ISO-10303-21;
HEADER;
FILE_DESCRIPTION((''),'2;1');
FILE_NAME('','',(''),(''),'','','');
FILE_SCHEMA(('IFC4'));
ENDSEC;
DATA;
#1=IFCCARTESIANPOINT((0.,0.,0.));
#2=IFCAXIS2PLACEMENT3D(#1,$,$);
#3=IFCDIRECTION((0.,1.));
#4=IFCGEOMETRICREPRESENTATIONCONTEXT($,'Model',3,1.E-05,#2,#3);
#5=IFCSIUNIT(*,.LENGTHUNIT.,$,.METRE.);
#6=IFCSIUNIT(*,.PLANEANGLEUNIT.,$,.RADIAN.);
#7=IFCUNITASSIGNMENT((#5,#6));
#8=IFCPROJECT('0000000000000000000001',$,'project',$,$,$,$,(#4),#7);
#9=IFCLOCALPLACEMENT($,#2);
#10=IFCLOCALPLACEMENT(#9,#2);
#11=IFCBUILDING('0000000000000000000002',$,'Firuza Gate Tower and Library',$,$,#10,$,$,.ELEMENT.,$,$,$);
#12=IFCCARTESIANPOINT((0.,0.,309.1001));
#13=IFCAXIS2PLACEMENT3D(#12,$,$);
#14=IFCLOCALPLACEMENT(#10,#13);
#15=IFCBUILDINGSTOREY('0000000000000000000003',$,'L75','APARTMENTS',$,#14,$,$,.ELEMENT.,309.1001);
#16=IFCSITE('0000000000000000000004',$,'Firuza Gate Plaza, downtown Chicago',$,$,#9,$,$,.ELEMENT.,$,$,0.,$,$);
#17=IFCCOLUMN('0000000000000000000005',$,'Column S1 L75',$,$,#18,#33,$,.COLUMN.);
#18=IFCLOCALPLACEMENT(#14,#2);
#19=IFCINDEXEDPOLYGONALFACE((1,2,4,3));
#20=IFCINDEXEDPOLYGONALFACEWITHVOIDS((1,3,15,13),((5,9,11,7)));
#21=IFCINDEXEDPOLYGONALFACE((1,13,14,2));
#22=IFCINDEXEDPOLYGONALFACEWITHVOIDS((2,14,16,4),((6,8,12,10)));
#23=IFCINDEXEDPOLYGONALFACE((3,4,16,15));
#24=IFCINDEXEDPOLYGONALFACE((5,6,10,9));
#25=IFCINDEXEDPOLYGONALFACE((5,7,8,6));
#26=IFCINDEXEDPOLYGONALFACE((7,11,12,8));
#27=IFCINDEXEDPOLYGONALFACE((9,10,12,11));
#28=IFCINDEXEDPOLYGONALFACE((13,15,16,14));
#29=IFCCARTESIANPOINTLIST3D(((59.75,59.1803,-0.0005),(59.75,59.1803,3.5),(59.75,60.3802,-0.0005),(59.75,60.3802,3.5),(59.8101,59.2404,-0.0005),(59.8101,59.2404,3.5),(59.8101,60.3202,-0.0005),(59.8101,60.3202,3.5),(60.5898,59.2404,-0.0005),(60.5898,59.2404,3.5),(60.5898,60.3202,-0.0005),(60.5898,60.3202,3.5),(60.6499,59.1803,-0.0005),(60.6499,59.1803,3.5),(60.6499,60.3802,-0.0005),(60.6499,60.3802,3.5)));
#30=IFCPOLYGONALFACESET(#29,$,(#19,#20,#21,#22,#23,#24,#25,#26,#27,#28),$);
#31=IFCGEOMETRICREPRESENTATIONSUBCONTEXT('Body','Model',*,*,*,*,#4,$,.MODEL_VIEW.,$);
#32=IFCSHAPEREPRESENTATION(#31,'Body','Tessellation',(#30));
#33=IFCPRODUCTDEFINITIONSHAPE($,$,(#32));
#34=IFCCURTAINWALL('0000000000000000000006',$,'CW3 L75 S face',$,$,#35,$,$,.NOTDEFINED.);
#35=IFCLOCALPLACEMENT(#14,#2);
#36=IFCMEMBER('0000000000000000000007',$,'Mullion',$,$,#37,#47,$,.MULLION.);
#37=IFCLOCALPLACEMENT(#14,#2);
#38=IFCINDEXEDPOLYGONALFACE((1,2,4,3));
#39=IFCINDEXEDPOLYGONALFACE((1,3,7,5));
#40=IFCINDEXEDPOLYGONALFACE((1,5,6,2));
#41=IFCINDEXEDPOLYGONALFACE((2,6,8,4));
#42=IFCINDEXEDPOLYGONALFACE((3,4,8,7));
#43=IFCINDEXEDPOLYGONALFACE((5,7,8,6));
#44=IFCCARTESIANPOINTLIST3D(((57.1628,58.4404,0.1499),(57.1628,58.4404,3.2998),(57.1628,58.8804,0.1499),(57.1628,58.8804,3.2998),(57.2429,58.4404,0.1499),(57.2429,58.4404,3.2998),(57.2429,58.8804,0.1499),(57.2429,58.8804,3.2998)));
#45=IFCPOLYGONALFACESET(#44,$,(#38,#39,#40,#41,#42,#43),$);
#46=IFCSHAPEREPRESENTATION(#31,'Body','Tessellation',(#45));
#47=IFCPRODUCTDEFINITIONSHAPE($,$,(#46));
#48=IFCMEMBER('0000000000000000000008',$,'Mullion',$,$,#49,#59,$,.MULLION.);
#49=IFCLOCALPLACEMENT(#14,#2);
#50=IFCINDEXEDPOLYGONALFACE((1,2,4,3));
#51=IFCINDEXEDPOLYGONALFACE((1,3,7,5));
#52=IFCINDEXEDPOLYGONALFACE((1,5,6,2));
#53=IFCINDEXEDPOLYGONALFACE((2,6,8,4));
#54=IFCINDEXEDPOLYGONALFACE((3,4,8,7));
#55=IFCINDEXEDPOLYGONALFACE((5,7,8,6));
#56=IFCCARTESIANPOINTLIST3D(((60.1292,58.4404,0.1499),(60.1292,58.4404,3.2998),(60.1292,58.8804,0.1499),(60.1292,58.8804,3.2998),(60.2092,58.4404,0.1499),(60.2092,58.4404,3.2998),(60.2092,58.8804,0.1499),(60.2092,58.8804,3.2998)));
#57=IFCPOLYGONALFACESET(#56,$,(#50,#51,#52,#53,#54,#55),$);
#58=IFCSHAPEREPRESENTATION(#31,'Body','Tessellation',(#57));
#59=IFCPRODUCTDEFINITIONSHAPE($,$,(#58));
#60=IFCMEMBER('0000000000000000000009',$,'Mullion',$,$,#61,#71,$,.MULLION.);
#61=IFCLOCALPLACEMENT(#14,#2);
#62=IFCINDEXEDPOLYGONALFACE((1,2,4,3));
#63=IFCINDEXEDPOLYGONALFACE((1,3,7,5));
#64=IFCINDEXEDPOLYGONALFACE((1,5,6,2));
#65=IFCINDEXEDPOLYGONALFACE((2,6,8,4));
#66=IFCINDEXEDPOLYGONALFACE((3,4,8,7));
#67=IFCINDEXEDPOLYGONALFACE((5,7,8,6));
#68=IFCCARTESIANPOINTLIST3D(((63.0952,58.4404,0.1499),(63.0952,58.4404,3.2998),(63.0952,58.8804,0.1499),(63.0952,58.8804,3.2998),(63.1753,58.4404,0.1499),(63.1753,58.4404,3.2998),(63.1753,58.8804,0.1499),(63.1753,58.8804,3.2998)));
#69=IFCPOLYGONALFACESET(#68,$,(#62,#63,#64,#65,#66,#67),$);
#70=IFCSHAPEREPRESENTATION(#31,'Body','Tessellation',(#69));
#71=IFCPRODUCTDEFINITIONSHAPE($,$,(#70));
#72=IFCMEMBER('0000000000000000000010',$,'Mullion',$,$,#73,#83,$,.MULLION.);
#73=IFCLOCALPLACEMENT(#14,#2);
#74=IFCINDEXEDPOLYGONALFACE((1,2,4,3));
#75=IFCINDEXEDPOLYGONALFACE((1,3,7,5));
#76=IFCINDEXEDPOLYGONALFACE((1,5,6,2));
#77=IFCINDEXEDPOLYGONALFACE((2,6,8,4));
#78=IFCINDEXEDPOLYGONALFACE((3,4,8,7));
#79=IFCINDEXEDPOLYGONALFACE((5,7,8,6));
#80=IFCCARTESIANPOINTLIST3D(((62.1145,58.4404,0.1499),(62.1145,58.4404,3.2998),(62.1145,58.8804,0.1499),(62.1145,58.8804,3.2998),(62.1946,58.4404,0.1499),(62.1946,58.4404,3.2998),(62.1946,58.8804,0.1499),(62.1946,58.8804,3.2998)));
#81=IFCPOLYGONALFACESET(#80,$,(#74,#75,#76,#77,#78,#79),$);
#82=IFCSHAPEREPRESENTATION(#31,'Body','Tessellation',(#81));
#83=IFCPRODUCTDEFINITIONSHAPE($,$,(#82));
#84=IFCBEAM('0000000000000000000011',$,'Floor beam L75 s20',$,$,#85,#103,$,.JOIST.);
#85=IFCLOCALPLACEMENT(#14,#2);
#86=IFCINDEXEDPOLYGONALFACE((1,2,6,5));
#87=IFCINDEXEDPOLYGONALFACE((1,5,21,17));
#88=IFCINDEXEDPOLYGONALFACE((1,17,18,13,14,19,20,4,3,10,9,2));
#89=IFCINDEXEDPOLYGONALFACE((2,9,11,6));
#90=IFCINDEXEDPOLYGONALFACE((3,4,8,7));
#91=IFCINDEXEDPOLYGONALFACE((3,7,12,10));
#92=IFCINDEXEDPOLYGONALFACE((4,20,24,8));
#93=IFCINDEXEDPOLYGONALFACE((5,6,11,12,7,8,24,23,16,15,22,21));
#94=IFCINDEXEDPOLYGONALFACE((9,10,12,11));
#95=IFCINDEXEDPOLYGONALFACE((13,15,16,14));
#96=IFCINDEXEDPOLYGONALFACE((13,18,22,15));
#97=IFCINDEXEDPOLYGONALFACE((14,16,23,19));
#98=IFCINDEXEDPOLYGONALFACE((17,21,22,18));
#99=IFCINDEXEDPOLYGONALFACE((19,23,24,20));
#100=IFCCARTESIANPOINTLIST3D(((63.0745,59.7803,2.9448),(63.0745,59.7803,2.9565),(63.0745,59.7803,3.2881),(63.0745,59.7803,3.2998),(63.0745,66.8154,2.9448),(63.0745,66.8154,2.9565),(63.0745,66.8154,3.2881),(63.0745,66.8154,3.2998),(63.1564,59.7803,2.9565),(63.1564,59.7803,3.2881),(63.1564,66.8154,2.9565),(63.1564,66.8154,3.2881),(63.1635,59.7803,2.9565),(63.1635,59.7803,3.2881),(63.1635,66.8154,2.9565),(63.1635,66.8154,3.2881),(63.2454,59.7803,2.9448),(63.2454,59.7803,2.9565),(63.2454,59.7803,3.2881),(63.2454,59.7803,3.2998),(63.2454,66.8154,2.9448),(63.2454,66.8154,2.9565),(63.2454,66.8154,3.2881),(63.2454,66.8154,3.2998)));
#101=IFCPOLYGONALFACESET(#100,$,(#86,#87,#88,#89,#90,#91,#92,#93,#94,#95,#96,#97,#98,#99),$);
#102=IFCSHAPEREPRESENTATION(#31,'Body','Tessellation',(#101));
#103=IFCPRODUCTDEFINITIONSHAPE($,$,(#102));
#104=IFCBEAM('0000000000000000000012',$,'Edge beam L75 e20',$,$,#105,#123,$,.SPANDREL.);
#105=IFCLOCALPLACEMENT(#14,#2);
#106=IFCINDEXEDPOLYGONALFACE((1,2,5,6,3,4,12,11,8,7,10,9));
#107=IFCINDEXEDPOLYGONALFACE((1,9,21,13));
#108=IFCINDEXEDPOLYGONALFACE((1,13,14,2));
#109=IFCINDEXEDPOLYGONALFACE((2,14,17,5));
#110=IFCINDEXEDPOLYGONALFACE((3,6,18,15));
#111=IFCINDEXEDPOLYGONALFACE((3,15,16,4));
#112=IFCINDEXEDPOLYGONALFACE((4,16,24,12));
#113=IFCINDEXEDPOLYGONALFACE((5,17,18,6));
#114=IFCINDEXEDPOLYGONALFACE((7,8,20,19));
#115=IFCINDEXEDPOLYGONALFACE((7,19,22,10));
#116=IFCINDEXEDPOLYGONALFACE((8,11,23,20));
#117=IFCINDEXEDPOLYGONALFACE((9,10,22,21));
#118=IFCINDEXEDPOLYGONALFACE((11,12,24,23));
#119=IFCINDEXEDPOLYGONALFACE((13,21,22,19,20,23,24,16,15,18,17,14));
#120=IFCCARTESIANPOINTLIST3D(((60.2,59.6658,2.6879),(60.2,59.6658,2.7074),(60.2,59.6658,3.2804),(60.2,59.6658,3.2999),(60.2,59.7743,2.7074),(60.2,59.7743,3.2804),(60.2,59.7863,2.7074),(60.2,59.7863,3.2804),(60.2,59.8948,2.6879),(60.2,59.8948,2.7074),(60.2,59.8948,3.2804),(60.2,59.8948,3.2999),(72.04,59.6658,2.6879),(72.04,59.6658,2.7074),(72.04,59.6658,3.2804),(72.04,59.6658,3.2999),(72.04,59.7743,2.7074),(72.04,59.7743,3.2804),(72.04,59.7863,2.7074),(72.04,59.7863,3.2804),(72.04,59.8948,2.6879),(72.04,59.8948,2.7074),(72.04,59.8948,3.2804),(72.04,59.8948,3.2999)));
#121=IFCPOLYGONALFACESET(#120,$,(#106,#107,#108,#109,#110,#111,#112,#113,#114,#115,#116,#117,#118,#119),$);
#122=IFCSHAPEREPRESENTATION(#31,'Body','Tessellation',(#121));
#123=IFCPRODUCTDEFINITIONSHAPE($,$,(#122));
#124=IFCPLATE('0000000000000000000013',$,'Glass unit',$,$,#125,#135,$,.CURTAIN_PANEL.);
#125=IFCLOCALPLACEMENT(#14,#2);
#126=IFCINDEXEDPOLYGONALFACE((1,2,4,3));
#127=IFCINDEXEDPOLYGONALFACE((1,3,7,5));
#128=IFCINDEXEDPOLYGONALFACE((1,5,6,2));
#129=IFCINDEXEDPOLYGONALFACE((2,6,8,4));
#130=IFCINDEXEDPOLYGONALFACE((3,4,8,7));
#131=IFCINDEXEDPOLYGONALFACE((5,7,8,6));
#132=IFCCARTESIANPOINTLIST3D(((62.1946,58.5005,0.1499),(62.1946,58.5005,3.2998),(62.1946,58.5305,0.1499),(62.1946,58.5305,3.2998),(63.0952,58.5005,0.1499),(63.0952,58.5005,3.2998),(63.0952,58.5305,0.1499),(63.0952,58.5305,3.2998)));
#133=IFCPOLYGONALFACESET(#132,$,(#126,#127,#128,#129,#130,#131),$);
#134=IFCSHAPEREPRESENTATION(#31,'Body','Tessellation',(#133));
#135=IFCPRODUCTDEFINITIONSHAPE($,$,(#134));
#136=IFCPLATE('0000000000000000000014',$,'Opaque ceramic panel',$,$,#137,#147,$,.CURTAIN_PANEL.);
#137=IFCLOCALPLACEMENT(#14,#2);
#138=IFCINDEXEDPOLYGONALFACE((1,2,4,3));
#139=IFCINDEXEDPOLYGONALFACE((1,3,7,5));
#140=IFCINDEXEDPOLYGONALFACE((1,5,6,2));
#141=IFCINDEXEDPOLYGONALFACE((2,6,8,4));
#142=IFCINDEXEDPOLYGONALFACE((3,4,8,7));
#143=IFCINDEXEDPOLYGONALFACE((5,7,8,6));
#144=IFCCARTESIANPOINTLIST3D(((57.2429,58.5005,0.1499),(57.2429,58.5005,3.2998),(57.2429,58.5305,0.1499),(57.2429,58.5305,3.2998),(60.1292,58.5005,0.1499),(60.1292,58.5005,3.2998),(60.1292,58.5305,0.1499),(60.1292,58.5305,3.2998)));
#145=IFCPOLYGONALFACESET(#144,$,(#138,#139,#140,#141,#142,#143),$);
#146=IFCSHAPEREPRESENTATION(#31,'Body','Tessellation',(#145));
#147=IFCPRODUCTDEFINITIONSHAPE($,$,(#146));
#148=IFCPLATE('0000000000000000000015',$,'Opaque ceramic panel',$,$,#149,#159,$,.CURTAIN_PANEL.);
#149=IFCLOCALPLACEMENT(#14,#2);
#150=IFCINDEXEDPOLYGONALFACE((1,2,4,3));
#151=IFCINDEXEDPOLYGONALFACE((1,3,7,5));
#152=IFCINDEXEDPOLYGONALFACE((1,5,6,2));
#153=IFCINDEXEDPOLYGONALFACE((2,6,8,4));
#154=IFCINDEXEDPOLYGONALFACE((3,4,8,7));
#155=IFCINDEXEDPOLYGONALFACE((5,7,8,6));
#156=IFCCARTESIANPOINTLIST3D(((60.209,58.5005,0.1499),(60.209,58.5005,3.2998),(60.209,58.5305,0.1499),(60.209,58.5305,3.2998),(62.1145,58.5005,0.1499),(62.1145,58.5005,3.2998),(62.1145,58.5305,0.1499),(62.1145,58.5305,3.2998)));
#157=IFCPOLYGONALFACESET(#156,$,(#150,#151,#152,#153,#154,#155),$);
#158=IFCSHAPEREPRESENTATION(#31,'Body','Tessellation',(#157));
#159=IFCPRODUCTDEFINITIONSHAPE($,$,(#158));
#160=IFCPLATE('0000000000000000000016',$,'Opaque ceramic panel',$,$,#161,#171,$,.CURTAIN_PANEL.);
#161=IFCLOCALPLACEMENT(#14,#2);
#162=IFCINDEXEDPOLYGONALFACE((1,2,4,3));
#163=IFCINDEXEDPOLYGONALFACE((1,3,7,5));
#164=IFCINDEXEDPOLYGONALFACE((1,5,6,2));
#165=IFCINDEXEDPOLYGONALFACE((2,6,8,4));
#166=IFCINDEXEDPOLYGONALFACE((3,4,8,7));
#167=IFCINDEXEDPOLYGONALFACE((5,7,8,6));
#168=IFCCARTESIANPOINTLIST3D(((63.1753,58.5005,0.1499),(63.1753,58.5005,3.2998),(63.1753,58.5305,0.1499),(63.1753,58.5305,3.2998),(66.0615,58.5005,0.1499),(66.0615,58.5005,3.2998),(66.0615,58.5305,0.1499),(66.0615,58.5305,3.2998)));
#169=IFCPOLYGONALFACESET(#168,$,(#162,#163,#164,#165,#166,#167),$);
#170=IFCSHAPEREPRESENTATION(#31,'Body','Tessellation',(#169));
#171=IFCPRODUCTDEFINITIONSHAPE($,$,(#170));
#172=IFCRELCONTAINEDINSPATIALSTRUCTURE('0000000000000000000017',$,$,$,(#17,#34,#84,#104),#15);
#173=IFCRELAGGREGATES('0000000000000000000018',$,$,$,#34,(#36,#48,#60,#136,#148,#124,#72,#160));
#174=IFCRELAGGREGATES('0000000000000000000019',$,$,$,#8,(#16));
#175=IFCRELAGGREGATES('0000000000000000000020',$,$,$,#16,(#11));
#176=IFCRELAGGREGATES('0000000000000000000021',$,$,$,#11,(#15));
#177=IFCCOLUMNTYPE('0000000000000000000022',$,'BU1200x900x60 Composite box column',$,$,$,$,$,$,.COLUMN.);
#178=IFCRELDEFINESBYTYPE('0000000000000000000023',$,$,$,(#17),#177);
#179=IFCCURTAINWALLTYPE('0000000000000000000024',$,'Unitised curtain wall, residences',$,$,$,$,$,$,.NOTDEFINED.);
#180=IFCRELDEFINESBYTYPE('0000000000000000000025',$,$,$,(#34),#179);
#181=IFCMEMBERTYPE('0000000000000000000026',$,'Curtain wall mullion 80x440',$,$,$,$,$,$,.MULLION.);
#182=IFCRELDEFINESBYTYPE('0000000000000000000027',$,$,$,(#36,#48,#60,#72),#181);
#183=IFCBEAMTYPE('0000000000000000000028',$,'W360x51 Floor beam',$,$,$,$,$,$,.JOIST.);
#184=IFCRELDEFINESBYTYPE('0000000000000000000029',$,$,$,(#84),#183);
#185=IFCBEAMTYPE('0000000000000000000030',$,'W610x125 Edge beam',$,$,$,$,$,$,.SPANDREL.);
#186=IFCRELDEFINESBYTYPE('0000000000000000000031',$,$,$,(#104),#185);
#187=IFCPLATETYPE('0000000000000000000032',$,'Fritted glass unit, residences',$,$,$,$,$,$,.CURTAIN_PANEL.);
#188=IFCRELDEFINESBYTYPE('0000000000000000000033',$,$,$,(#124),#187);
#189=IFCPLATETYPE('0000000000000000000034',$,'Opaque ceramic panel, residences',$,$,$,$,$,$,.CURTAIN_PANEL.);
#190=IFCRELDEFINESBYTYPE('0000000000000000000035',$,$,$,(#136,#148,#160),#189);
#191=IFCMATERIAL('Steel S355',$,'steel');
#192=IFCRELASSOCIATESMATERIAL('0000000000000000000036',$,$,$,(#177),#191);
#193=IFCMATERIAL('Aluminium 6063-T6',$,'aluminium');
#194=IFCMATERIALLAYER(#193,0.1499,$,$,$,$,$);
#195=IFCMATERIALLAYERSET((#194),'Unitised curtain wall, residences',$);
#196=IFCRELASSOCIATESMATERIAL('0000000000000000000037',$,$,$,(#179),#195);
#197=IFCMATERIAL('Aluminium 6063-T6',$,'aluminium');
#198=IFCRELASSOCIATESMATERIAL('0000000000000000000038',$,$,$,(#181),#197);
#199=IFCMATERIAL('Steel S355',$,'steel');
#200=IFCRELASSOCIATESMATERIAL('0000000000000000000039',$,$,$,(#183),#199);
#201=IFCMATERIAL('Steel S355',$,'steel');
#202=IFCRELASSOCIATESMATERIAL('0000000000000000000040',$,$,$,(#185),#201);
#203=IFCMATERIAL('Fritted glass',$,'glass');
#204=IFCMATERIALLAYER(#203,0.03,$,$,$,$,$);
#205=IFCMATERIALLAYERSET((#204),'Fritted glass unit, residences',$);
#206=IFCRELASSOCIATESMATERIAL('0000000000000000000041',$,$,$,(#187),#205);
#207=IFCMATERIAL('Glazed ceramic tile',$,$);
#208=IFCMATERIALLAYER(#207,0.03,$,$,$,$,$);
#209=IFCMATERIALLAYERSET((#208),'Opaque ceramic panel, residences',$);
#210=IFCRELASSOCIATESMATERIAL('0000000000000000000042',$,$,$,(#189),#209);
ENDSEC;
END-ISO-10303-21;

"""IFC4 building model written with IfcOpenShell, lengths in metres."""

from ifc_helpers import new_model, si_unit, direction, frame, origin, origin_2d, place, context, subcontext, project, spatial, polyline, rectangle, hollow_rectangle, i_section, outline, extrude, material, layer, layer_set, material_profile, profile_set, type_object, element, aggregate, save


model = new_model("IFC4")

# Units and contexts
model_context = context("Model", 3, precision=1e-05, world=origin(), true_north=direction((0.0, 1.0)))
body_context = subcontext(model_context, "Body", "Model", "MODEL_VIEW")
ifc_project = project(units=[si_unit("LENGTHUNIT", "METRE"), si_unit("PLANEANGLEUNIT", "RADIAN")], contexts=[model_context])

# Site, building, storey
site_placement = place(None, origin())
site = spatial("IfcSite", under=ifc_project, at=site_placement, Name="Firuza Gate Plaza, downtown Chicago", CompositionType="ELEMENT", RefElevation=0.0)
building_placement = place(site_placement, origin())
building = spatial("IfcBuilding", under=site, at=building_placement, Name="Firuza Gate Tower and Library", CompositionType="ELEMENT")
storey_placement = place(building_placement, frame((0.0, 0.0, 309.1001)))
storey = spatial("IfcBuildingStorey", under=building, at=storey_placement, Name="L75", Description="APARTMENTS", CompositionType="ELEMENT", Elevation=309.1001)

# Column
ifc_material_1 = material(Name="Steel S355", Category="steel")
ifc_material_profile_1 = material_profile(ifc_material_1, hollow_rectangle(XDim=0.8999, YDim=1.2, WallThickness=0.0601, at=origin_2d()))
ifc_profile_set_1 = profile_set([ifc_material_profile_1], Name="Steel S355")
column_type = type_object("IfcColumnType", Name="BU1200x900x60 Composite box column", PredefinedType="COLUMN", material=ifc_profile_set_1)
column_placement = place(storey_placement, frame((60.2, 59.7803, -0.0005), z_axis=(0.0, 0.0, 1.0), x_axis=(1.0, 0.0, 0.0)))
element("IfcColumn", 1, at=column_placement, inside=storey, type_object=column_type, Name="Column S1 L75", PredefinedType="COLUMN", context=body_context, shape_type="SweptSolid", body=[
    extrude(hollow_rectangle(XDim=0.8999, YDim=1.2, WallThickness=0.0601, at=origin_2d()), origin(), (0.0, 0.0, 1.0), 3.5005),
])

# Curtain wall, members
ifc_material_2 = material(Name="Aluminium 6063-T6", Category="aluminium")
ifc_layer_1 = layer(ifc_material_2, 0.1499)
ifc_layer_set_1 = layer_set([ifc_layer_1], Name="Unitised curtain wall, residences")
curtain_wall_type = type_object("IfcCurtainWallType", Name="Unitised curtain wall, residences", PredefinedType="NOTDEFINED", material=ifc_layer_set_1)
curtain_wall_placement = place(storey_placement, origin())
curtain_wall = element("IfcCurtainWall", 2, at=curtain_wall_placement, inside=storey, type_object=curtain_wall_type, Name="CW3 L75 S face", PredefinedType="NOTDEFINED")
ifc_material_3 = material(Name="Aluminium 6063-T6", Category="aluminium")
ifc_material_profile_2 = material_profile(ifc_material_3, rectangle(XDim=0.4399, YDim=0.0801, at=origin_2d()))
ifc_profile_set_2 = profile_set([ifc_material_profile_2], Name="Aluminium 6063-T6")
member_type = type_object("IfcMemberType", Name="Curtain wall mullion 80x440", PredefinedType="MULLION", material=ifc_profile_set_2)
member_1_placement = place(storey_placement, frame((57.2029, 58.6604, 0.1499), z_axis=(0.0, 0.0, 1.0), x_axis=(0.0, 1.0, 0.0)))
member_1 = element("IfcMember", 3, at=member_1_placement, type_object=member_type, Name="Mullion", PredefinedType="MULLION", context=body_context, shape_type="SweptSolid", body=[
    extrude(rectangle(XDim=0.4399, YDim=0.0801, at=origin_2d()), origin(), (0.0, 0.0, 1.0), 3.1499),
])
member_2_placement = place(storey_placement, frame((60.1692, 58.6604, 0.1499), z_axis=(0.0, 0.0, 1.0), x_axis=(0.0, 1.0, 0.0)))
member_2 = element("IfcMember", 4, at=member_2_placement, type_object=member_type, Name="Mullion", PredefinedType="MULLION", context=body_context, shape_type="SweptSolid", body=[
    extrude(rectangle(XDim=0.4399, YDim=0.0801, at=origin_2d()), origin(), (0.0, 0.0, 1.0), 3.1499),
])
member_3_placement = place(storey_placement, frame((63.1353, 58.6604, 0.1499), z_axis=(0.0, 0.0, 1.0), x_axis=(0.0, 1.0, 0.0)))
member_3 = element("IfcMember", 5, at=member_3_placement, type_object=member_type, Name="Mullion", PredefinedType="MULLION", context=body_context, shape_type="SweptSolid", body=[
    extrude(rectangle(XDim=0.4399, YDim=0.0801, at=origin_2d()), origin(), (0.0, 0.0, 1.0), 3.1499),
])
member_4_placement = place(storey_placement, frame((62.1545, 58.6604, 0.1499), z_axis=(0.0, 0.0, 1.0), x_axis=(0.0, 1.0, 0.0)))
member_4 = element("IfcMember", 6, at=member_4_placement, type_object=member_type, Name="Mullion", PredefinedType="MULLION", context=body_context, shape_type="SweptSolid", body=[
    extrude(rectangle(XDim=0.4399, YDim=0.0801, at=origin_2d()), origin(), (0.0, 0.0, 1.0), 3.1499),
])

# Beams
ifc_material_4 = material(Name="Steel S355", Category="steel")
ifc_material_profile_3 = material_profile(ifc_material_4, i_section(OverallWidth=0.1709, OverallDepth=0.355, WebThickness=0.0071, FlangeThickness=0.0117, at=origin_2d()))
ifc_profile_set_3 = profile_set([ifc_material_profile_3], Name="Steel S355")
beam_type_1 = type_object("IfcBeamType", Name="W360x51 Floor beam", PredefinedType="JOIST", material=ifc_profile_set_3)
beam_1_placement = place(storey_placement, frame((63.1599, 59.7803, 3.1223), z_axis=(0.0, 1.0, 0.0), x_axis=(-1.0, 0.0, 0.0)))
element("IfcBeam", 7, at=beam_1_placement, inside=storey, type_object=beam_type_1, Name="Floor beam L75 s20", PredefinedType="JOIST", context=body_context, shape_type="SweptSolid", body=[
    extrude(i_section(OverallWidth=0.1709, OverallDepth=0.355, WebThickness=0.0071, FlangeThickness=0.0117, at=origin_2d()), origin(), (0.0, 0.0, 1.0), 7.0352),
])
ifc_material_5 = material(Name="Steel S355", Category="steel")
ifc_material_profile_4 = material_profile(ifc_material_5, i_section(OverallWidth=0.229, OverallDepth=0.6121, WebThickness=0.012, FlangeThickness=0.0195, at=origin_2d()))
ifc_profile_set_4 = profile_set([ifc_material_profile_4], Name="Steel S355")
beam_type_2 = type_object("IfcBeamType", Name="W610x125 Edge beam", PredefinedType="SPANDREL", material=ifc_profile_set_4)
beam_2_placement = place(storey_placement, frame((60.2, 59.7803, 2.9939), z_axis=(1.0, 0.0, 0.0), x_axis=(0.0, 1.0, 0.0)))
element("IfcBeam", 8, at=beam_2_placement, inside=storey, type_object=beam_type_2, Name="Edge beam L75 e20", PredefinedType="SPANDREL", context=body_context, shape_type="SweptSolid", body=[
    extrude(i_section(OverallWidth=0.229, OverallDepth=0.6121, WebThickness=0.012, FlangeThickness=0.0195, at=origin_2d()), origin(), (0.0, 0.0, 1.0), 11.8401),
])

# Plates
ifc_material_6 = material(Name="Fritted glass", Category="glass")
ifc_layer_2 = layer(ifc_material_6, 0.03)
ifc_layer_set_2 = layer_set([ifc_layer_2], Name="Fritted glass unit, residences")
plate_type_1 = type_object("IfcPlateType", Name="Fritted glass unit, residences", PredefinedType="CURTAIN_PANEL", material=ifc_layer_set_2)
plate_1_placement = place(storey_placement, frame((62.1946, 58.5005, 0.1499), z_axis=(0.0, -1.0, 0.0), x_axis=(1.0, 0.0, 0.0)))
plate_1 = element("IfcPlate", 9, at=plate_1_placement, type_object=plate_type_1, Name="Glass unit", PredefinedType="CURTAIN_PANEL", context=body_context, shape_type="SweptSolid", body=[
    extrude(outline(polyline([(0.0, 0.0), (0.9006, 0.0), (0.9006, 3.1499), (0.0, 3.1499), (0.0, 0.0)])), origin(), (0.0, 0.0, -1.0), 0.03),
])
ifc_material_7 = material(Name="Glazed ceramic tile")
ifc_layer_3 = layer(ifc_material_7, 0.03)
ifc_layer_set_3 = layer_set([ifc_layer_3], Name="Opaque ceramic panel, residences")
plate_type_2 = type_object("IfcPlateType", Name="Opaque ceramic panel, residences", PredefinedType="CURTAIN_PANEL", material=ifc_layer_set_3)
plate_2_placement = place(storey_placement, frame((57.2429, 58.5005, 0.1499), z_axis=(0.0, -1.0, 0.0), x_axis=(1.0, 0.0, 0.0)))
plate_2 = element("IfcPlate", 10, at=plate_2_placement, type_object=plate_type_2, Name="Opaque ceramic panel", PredefinedType="CURTAIN_PANEL", context=body_context, shape_type="SweptSolid", body=[
    extrude(outline(polyline([(0.0, 0.0), (2.8862, 0.0), (2.8862, 3.1499), (0.0, 3.1499), (0.0, 0.0)])), origin(), (0.0, 0.0, -1.0), 0.03),
])
plate_3_placement = place(storey_placement, frame((60.209, 58.5005, 0.1499), z_axis=(0.0, -1.0, 0.0), x_axis=(1.0, 0.0, 0.0)))
plate_3 = element("IfcPlate", 11, at=plate_3_placement, type_object=plate_type_2, Name="Opaque ceramic panel", PredefinedType="CURTAIN_PANEL", context=body_context, shape_type="SweptSolid", body=[
    extrude(outline(polyline([(0.0, 0.0), (1.9055, 0.0), (1.9055, 3.1499), (0.0, 3.1499), (0.0, 0.0)])), origin(), (0.0, 0.0, -1.0), 0.03),
])
plate_4_placement = place(storey_placement, frame((63.1753, 58.5005, 0.1499), z_axis=(0.0, -1.0, 0.0), x_axis=(1.0, 0.0, 0.0)))
plate_4 = element("IfcPlate", 12, at=plate_4_placement, type_object=plate_type_2, Name="Opaque ceramic panel", PredefinedType="CURTAIN_PANEL", context=body_context, shape_type="SweptSolid", body=[
    extrude(outline(polyline([(0.0, 0.0), (2.8862, 0.0), (2.8862, 3.1499), (0.0, 3.1499), (0.0, 0.0)])), origin(), (0.0, 0.0, -1.0), 0.03),
])
aggregate(curtain_wall, [member_1, member_2, member_3, plate_2, plate_3, plate_1, member_4, plate_4])

save(model, "model.ifc")
